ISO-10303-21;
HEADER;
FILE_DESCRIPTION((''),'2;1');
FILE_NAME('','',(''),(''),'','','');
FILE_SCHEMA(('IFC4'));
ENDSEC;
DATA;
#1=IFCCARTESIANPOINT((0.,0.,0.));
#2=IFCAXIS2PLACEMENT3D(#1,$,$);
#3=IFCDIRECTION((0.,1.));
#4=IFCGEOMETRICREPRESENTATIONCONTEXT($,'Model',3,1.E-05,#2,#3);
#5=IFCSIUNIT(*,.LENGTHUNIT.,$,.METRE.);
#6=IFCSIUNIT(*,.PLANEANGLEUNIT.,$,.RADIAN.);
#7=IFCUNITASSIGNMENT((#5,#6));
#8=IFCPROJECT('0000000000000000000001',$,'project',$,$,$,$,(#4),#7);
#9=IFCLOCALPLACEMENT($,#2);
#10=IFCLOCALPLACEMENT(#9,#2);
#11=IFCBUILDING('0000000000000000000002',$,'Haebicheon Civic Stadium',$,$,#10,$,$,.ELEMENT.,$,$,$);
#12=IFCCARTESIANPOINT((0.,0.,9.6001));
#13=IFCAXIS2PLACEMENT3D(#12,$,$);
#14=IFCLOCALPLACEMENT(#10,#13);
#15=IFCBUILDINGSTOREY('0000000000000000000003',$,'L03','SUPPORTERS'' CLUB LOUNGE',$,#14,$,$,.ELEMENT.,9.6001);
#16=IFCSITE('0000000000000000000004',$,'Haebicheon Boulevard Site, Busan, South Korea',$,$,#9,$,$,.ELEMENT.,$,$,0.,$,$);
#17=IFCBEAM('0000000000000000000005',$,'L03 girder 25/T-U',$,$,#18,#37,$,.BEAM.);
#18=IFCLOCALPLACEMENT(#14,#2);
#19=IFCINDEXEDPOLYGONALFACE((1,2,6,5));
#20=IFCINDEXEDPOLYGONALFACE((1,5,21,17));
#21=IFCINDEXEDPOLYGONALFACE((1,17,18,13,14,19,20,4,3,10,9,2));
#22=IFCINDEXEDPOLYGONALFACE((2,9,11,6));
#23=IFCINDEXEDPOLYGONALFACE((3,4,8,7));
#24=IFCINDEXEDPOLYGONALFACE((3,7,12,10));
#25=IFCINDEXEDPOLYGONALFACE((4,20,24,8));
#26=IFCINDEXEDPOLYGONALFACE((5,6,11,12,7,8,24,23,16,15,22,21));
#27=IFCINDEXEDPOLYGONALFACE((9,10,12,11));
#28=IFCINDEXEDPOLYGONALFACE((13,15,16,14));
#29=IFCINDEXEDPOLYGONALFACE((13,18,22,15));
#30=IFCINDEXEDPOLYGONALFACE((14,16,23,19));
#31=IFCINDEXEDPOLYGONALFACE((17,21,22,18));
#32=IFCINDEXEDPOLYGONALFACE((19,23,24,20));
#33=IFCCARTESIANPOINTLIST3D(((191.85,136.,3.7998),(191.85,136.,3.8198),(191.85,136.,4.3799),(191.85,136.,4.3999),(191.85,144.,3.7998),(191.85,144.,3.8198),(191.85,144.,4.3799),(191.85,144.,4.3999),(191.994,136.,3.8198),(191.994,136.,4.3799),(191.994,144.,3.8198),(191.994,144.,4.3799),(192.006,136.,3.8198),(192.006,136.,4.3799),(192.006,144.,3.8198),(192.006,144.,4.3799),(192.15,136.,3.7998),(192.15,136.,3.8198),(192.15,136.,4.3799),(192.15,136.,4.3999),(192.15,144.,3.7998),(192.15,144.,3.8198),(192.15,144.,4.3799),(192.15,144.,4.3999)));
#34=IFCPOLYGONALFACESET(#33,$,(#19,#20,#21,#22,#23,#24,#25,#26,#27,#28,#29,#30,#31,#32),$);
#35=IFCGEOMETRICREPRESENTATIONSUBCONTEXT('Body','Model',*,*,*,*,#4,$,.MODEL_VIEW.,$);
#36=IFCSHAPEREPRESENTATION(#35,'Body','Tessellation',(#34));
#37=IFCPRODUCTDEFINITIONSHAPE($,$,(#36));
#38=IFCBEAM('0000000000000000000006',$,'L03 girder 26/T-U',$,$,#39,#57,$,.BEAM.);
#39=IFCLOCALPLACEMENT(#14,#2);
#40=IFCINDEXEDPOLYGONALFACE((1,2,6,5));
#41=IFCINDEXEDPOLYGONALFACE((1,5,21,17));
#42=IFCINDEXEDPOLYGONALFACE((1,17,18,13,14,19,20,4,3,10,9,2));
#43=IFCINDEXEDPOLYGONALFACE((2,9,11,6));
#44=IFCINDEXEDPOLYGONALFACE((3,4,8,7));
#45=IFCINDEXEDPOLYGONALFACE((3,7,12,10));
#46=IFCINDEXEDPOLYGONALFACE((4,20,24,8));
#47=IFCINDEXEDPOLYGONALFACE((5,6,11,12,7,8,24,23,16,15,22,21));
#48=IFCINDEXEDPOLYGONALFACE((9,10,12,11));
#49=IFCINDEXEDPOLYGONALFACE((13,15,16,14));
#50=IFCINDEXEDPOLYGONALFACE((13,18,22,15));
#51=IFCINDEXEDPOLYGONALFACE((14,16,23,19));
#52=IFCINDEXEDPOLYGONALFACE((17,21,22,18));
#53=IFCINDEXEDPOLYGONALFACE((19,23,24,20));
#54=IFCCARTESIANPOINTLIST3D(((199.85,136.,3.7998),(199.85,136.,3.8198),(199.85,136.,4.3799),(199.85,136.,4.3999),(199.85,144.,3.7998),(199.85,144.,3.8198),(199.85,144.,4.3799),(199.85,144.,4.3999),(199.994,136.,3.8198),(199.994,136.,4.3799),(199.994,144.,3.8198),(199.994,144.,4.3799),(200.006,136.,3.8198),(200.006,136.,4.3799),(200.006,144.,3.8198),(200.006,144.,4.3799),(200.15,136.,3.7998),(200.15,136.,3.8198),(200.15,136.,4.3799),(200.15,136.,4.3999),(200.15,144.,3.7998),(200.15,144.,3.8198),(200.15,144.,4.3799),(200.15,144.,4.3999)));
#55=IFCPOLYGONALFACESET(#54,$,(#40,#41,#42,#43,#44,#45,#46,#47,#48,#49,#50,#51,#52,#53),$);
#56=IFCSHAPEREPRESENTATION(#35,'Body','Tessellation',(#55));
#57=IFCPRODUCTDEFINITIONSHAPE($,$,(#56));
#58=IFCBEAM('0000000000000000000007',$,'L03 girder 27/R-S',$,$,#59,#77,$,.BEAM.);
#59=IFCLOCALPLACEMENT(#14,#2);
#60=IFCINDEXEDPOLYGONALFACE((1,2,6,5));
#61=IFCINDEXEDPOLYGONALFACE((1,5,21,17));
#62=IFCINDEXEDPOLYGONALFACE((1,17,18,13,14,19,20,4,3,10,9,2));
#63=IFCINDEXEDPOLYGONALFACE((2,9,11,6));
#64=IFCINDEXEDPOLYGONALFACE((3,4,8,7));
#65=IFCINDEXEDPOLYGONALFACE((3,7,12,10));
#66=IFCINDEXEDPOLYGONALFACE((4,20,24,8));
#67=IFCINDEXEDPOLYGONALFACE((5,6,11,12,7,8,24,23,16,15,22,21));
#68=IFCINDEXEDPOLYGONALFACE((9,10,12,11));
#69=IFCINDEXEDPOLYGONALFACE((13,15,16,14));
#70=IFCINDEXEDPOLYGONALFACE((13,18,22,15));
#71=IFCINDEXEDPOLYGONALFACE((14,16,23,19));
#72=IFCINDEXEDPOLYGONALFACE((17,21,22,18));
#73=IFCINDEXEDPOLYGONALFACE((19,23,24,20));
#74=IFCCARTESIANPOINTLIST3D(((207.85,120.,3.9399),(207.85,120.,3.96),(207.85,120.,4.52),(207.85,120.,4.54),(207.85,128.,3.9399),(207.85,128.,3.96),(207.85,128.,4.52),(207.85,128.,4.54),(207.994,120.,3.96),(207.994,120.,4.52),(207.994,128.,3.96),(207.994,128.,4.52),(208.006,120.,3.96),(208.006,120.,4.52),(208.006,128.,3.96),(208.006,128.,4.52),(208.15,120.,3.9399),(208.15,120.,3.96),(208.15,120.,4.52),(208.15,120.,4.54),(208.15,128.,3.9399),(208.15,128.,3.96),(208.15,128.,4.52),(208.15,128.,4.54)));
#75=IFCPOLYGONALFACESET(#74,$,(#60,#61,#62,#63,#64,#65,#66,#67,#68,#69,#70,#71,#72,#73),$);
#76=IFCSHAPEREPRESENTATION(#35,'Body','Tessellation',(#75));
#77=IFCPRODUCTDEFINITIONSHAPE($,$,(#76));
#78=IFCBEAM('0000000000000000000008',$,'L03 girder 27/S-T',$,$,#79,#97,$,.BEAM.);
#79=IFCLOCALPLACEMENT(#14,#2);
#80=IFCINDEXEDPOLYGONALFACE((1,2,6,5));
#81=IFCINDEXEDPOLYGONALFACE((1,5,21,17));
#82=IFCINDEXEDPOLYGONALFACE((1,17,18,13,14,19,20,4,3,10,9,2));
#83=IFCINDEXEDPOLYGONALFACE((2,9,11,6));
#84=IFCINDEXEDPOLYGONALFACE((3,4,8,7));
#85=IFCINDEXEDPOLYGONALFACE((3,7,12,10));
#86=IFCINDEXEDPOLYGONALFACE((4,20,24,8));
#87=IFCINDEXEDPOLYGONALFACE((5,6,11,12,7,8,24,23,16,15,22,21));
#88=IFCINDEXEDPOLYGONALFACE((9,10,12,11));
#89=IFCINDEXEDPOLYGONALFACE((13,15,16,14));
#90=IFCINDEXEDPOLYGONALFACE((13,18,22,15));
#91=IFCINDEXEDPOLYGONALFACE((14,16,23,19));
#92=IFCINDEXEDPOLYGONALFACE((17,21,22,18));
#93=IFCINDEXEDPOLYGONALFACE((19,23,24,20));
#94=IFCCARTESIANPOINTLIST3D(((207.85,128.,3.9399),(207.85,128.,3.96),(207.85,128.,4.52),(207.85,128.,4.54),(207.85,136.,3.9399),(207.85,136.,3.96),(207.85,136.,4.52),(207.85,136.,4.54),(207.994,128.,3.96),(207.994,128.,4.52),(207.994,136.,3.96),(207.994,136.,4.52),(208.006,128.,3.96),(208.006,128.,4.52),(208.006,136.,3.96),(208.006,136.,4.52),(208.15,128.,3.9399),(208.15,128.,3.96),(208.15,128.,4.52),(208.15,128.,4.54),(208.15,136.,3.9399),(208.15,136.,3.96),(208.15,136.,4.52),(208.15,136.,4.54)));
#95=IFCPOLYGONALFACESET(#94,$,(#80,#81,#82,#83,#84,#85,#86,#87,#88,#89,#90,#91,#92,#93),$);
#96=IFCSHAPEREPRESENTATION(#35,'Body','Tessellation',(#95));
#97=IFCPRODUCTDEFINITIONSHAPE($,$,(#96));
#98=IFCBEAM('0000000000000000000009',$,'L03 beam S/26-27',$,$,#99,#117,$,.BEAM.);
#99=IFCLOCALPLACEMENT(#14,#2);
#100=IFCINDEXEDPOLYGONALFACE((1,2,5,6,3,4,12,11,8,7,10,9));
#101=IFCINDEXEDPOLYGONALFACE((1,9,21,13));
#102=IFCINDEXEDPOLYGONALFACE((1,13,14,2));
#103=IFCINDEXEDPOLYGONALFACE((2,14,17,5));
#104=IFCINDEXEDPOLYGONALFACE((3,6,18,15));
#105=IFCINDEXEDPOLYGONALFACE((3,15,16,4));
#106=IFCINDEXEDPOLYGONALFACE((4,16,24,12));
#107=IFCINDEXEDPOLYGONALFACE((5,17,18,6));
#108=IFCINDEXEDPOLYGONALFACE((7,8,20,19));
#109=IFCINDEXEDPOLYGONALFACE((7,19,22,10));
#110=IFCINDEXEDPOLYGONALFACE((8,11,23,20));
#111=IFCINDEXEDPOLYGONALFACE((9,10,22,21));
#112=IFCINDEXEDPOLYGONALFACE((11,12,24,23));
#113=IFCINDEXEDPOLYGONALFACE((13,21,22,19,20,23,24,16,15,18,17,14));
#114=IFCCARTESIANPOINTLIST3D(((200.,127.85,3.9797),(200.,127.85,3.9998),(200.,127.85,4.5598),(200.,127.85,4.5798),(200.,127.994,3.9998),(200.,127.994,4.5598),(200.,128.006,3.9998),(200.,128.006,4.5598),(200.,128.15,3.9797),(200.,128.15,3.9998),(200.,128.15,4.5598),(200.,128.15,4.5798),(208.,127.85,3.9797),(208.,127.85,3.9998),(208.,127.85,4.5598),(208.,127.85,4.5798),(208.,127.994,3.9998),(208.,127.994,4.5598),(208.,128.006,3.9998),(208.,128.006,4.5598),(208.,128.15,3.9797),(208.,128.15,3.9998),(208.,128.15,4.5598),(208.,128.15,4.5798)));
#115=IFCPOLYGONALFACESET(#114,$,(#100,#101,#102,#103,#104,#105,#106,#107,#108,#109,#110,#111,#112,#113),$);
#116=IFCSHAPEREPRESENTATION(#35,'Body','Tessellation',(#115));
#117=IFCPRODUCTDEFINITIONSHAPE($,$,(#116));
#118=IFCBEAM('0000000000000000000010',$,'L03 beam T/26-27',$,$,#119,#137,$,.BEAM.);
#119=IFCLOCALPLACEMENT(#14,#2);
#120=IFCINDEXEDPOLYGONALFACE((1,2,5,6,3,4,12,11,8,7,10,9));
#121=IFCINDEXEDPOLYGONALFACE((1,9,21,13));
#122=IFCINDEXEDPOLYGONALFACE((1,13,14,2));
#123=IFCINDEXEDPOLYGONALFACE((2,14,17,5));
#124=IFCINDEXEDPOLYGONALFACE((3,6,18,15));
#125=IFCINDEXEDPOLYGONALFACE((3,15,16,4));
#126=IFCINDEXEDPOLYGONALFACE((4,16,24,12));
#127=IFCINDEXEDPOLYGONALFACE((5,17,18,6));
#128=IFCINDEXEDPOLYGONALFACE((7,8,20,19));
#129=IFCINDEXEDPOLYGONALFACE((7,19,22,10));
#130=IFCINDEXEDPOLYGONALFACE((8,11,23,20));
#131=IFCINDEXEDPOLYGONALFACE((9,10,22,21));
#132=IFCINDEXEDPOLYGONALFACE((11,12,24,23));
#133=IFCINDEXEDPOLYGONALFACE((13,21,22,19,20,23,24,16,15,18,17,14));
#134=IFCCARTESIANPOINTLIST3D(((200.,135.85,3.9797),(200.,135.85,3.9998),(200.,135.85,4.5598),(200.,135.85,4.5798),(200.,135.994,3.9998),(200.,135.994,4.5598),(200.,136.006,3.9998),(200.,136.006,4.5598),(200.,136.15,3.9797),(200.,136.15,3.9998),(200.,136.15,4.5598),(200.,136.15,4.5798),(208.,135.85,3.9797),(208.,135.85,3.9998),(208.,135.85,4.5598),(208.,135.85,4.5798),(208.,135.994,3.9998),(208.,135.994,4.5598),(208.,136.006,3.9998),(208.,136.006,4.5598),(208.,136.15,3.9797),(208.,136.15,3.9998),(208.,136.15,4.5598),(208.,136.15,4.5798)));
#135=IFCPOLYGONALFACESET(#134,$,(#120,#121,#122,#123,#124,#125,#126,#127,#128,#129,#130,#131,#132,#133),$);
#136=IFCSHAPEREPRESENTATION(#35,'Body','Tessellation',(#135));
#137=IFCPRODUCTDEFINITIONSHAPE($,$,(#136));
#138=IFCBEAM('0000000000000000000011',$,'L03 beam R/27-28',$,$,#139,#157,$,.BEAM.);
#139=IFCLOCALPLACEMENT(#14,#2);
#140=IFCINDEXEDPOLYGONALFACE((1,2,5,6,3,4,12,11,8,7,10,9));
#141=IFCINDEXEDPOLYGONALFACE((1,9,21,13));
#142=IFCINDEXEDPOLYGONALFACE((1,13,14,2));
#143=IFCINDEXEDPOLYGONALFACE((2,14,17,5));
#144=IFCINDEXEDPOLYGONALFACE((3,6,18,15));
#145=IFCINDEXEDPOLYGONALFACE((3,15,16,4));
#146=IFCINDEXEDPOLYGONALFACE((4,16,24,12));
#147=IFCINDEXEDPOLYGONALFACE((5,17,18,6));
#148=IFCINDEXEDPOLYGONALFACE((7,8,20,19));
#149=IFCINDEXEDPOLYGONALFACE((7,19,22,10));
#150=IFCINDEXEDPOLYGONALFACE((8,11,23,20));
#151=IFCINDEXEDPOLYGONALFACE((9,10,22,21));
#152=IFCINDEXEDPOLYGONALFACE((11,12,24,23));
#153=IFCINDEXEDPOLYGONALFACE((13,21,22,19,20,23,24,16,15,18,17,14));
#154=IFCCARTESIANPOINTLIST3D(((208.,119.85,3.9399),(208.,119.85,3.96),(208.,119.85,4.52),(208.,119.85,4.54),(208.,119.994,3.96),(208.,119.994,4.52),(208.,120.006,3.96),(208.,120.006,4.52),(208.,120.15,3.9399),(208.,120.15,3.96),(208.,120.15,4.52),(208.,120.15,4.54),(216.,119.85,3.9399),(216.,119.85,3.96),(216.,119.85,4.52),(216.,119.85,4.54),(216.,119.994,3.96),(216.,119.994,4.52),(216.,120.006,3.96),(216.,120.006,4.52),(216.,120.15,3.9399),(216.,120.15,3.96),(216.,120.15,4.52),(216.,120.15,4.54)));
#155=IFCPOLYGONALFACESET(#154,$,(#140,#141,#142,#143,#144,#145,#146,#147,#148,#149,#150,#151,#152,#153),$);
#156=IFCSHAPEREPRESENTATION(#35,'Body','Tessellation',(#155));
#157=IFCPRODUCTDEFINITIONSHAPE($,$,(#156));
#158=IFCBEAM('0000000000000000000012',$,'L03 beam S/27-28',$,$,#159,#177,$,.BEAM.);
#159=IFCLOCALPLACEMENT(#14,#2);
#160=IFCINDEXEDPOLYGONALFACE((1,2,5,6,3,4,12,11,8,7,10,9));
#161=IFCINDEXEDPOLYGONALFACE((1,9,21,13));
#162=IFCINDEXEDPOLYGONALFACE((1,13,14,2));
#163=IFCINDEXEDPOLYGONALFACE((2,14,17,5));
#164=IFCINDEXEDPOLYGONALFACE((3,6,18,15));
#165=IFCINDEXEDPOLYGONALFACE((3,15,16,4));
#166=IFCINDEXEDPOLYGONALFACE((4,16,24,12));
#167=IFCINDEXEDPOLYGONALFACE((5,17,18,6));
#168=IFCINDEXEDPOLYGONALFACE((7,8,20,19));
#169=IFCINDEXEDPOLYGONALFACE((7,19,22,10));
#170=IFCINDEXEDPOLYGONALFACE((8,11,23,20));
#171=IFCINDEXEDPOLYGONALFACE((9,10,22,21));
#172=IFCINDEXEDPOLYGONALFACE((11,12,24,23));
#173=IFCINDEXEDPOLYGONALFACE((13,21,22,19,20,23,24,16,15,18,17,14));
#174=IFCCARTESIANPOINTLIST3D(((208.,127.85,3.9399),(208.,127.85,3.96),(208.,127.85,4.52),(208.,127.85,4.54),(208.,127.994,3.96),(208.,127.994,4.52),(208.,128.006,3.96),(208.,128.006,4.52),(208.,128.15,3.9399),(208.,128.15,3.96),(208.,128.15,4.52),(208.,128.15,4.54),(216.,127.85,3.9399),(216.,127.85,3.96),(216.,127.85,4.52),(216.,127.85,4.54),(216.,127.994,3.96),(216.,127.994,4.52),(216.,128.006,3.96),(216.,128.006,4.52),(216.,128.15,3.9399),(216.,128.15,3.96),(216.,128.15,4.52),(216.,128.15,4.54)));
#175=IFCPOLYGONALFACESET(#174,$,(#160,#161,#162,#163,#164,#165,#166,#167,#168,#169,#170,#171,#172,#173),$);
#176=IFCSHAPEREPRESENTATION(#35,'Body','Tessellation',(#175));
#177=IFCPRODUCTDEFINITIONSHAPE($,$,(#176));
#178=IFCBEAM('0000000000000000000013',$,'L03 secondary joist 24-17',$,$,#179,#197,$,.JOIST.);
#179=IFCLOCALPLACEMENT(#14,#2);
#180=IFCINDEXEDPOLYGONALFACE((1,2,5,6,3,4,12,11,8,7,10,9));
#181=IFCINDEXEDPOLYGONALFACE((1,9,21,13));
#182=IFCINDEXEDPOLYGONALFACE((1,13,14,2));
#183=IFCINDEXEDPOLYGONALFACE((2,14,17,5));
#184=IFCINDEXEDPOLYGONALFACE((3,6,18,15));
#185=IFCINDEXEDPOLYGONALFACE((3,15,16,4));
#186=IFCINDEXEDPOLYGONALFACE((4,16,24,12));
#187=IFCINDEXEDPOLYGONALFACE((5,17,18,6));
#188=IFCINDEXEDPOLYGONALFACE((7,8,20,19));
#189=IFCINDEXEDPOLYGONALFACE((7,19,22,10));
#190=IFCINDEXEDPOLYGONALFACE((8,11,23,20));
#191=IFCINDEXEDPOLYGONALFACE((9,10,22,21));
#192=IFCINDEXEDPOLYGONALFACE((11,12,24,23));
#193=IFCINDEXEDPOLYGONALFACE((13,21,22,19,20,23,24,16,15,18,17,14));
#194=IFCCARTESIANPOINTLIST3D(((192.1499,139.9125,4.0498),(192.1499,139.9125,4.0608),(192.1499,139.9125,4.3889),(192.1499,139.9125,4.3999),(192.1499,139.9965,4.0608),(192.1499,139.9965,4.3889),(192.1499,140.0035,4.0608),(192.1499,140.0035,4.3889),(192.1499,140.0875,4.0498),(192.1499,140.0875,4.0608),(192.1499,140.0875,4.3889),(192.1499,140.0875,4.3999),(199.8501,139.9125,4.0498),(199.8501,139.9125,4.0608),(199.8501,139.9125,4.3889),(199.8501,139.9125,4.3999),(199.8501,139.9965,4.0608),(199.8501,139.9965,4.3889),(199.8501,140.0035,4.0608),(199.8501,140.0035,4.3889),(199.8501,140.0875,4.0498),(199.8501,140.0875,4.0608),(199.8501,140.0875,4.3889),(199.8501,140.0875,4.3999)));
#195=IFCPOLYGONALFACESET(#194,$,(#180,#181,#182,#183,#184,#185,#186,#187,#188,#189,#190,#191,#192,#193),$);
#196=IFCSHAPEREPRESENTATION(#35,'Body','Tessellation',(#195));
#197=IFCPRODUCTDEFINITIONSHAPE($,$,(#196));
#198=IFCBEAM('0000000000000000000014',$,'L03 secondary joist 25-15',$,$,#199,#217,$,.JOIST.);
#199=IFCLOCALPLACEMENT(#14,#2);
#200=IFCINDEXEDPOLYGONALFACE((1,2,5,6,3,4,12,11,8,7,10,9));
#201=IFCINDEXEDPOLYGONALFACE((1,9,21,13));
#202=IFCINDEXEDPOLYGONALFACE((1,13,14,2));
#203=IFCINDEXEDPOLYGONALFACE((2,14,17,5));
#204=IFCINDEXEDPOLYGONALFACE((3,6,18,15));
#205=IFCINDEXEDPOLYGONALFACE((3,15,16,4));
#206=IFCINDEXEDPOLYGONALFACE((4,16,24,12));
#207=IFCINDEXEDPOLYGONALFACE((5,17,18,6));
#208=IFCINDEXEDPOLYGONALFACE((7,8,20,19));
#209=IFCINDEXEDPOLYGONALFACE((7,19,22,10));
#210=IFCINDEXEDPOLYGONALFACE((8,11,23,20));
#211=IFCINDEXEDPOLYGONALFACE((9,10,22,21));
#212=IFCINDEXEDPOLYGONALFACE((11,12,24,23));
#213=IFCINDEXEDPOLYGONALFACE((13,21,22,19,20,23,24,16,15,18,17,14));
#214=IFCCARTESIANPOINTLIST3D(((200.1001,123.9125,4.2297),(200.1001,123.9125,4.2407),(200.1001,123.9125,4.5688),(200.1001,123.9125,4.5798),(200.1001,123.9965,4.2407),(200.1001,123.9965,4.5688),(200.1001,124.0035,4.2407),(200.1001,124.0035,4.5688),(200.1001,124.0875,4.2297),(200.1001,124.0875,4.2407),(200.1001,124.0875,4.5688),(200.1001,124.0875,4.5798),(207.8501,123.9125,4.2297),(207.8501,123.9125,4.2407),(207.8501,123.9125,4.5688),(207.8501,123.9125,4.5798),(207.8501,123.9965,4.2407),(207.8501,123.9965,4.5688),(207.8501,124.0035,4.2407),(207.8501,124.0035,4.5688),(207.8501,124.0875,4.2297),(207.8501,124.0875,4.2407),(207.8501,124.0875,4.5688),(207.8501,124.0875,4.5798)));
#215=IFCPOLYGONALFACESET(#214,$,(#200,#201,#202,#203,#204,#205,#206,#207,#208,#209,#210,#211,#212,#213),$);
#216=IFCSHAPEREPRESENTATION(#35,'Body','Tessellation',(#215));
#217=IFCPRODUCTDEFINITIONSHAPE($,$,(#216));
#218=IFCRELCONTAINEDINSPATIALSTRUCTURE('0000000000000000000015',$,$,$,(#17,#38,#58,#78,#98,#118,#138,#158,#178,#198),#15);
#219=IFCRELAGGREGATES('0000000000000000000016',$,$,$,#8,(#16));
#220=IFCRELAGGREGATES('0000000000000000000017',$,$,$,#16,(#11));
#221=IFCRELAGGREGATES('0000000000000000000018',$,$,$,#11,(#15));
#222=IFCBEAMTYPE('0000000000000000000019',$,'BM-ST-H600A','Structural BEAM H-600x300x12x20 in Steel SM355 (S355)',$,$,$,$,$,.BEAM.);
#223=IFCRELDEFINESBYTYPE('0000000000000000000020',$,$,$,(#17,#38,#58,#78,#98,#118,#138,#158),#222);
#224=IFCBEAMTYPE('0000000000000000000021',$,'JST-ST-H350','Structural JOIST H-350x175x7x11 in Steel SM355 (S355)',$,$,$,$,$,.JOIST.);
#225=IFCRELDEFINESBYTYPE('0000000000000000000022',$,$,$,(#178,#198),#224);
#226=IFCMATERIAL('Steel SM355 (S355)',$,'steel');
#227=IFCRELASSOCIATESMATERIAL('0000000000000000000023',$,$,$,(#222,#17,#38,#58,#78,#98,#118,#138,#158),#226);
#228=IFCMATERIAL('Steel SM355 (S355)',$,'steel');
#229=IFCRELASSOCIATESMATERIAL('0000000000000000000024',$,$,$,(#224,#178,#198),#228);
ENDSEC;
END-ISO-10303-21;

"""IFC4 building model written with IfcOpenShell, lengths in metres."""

from ifc_helpers import new_model, si_unit, direction, frame, origin, origin_2d, place, context, subcontext, project, spatial, i_section, extrude, material, material_profile, profile_set, type_object, element, save


model = new_model("IFC4")

# Units and contexts
model_context = context("Model", 3, precision=1e-05, world=origin(), true_north=direction((0.0, 1.0)))
body_context = subcontext(model_context, "Body", "Model", "MODEL_VIEW")
ifc_project = project(units=[si_unit("LENGTHUNIT", "METRE"), si_unit("PLANEANGLEUNIT", "RADIAN")], contexts=[model_context])

# Site, building, storey
site_placement = place(None, origin())
site = spatial("IfcSite", under=ifc_project, at=site_placement, Name="Haebicheon Boulevard Site, Busan, South Korea", CompositionType="ELEMENT", RefElevation=0.0)
building_placement = place(site_placement, origin())
building = spatial("IfcBuilding", under=site, at=building_placement, Name="Haebicheon Civic Stadium", CompositionType="ELEMENT")
storey_placement = place(building_placement, frame((0.0, 0.0, 9.6001)))
storey = spatial("IfcBuildingStorey", under=building, at=storey_placement, Name="L03", Description="SUPPORTERS' CLUB LOUNGE", CompositionType="ELEMENT", Elevation=9.6001)

# Beams
ifc_material_1 = material(Name="Steel SM355 (S355)", Category="steel")
ifc_material_profile_1 = material_profile(ifc_material_1, i_section(OverallWidth=0.3, OverallDepth=0.6001, WebThickness=0.012, FlangeThickness=0.02, at=origin_2d()), Name="H-600x300x12x20")
ifc_profile_set_1 = profile_set([ifc_material_profile_1], Name="Steel SM355 (S355)")
beam_type_1 = type_object("IfcBeamType", Name="BM-ST-H600A", Description="Structural BEAM H-600x300x12x20 in Steel SM355 (S355)", PredefinedType="BEAM", material=ifc_profile_set_1)
for number, where, z_axis, x_axis, name in (
    (1, (192.0, 136.0, 4.0999), (0.0, 1.0, 0.0), (-1.0, 0.0, 0.0), "L03 girder 25/T-U"),
    (2, (200.0, 136.0, 4.0999), (0.0, 1.0, 0.0), (-1.0, 0.0, 0.0), "L03 girder 26/T-U"),
    (3, (208.0, 120.0, 4.24), (0.0, 1.0, 0.0), (-1.0, 0.0, 0.0), "L03 girder 27/R-S"),
    (4, (208.0, 128.0, 4.24), (0.0, 1.0, 0.0), (-1.0, 0.0, 0.0), "L03 girder 27/S-T"),
    (5, (200.0, 128.0, 4.2798), (1.0, 0.0, 0.0), (0.0, 1.0, 0.0), "L03 beam S/26-27"),
    (6, (200.0, 136.0, 4.2798), (1.0, 0.0, 0.0), (0.0, 1.0, 0.0), "L03 beam T/26-27"),
    (7, (208.0, 120.0, 4.24), (1.0, 0.0, 0.0), (0.0, 1.0, 0.0), "L03 beam R/27-28"),
    (8, (208.0, 128.0, 4.24), (1.0, 0.0, 0.0), (0.0, 1.0, 0.0), "L03 beam S/27-28"),
):
    element("IfcBeam", number, at=place(storey_placement, frame(where, z_axis=z_axis, x_axis=x_axis)), inside=storey, type_object=beam_type_1, material=ifc_profile_set_1, Name=name, PredefinedType="BEAM", context=body_context, shape_type="SweptSolid", body=[
        extrude(i_section(OverallWidth=0.3, OverallDepth=0.6001, WebThickness=0.012, FlangeThickness=0.02, at=origin_2d()), origin(), (0.0, 0.0, 1.0), 8.0),
    ])
ifc_material_2 = material(Name="Steel SM355 (S355)", Category="steel")
ifc_material_profile_2 = material_profile(ifc_material_2, i_section(OverallWidth=0.175, OverallDepth=0.3501, WebThickness=0.0071, FlangeThickness=0.011, at=origin_2d()), Name="H-350x175x7x11")
ifc_profile_set_2 = profile_set([ifc_material_profile_2], Name="Steel SM355 (S355)")
beam_type_2 = type_object("IfcBeamType", Name="JST-ST-H350", Description="Structural JOIST H-350x175x7x11 in Steel SM355 (S355)", PredefinedType="JOIST", material=ifc_profile_set_2)
beam_1_placement = place(storey_placement, frame((192.1499, 140.0, 4.2249), z_axis=(1.0, 0.0, 0.0), x_axis=(0.0, 1.0, 0.0)))
element("IfcBeam", 9, at=beam_1_placement, inside=storey, type_object=beam_type_2, material=ifc_profile_set_2, Name="L03 secondary joist 24-17", PredefinedType="JOIST", context=body_context, shape_type="SweptSolid", body=[
    extrude(i_section(OverallWidth=0.175, OverallDepth=0.3501, WebThickness=0.0071, FlangeThickness=0.011, at=origin_2d()), origin(), (0.0, 0.0, 1.0), 7.7002),
])
for number, where, z_axis, x_axis, name in (
    (10, (200.1001, 124.0, 4.4048), (1.0, 0.0, 0.0), (0.0, 1.0, 0.0), "L03 secondary joist 25-15"),
):
    element("IfcBeam", number, at=place(storey_placement, frame(where, z_axis=z_axis, x_axis=x_axis)), inside=storey, type_object=beam_type_2, material=ifc_profile_set_2, Name=name, PredefinedType="JOIST", context=body_context, shape_type="SweptSolid", body=[
        extrude(i_section(OverallWidth=0.175, OverallDepth=0.3501, WebThickness=0.0071, FlangeThickness=0.011, at=origin_2d()), origin(), (0.0, 0.0, 1.0), 7.75),
    ])

save(model, "model.ifc")
